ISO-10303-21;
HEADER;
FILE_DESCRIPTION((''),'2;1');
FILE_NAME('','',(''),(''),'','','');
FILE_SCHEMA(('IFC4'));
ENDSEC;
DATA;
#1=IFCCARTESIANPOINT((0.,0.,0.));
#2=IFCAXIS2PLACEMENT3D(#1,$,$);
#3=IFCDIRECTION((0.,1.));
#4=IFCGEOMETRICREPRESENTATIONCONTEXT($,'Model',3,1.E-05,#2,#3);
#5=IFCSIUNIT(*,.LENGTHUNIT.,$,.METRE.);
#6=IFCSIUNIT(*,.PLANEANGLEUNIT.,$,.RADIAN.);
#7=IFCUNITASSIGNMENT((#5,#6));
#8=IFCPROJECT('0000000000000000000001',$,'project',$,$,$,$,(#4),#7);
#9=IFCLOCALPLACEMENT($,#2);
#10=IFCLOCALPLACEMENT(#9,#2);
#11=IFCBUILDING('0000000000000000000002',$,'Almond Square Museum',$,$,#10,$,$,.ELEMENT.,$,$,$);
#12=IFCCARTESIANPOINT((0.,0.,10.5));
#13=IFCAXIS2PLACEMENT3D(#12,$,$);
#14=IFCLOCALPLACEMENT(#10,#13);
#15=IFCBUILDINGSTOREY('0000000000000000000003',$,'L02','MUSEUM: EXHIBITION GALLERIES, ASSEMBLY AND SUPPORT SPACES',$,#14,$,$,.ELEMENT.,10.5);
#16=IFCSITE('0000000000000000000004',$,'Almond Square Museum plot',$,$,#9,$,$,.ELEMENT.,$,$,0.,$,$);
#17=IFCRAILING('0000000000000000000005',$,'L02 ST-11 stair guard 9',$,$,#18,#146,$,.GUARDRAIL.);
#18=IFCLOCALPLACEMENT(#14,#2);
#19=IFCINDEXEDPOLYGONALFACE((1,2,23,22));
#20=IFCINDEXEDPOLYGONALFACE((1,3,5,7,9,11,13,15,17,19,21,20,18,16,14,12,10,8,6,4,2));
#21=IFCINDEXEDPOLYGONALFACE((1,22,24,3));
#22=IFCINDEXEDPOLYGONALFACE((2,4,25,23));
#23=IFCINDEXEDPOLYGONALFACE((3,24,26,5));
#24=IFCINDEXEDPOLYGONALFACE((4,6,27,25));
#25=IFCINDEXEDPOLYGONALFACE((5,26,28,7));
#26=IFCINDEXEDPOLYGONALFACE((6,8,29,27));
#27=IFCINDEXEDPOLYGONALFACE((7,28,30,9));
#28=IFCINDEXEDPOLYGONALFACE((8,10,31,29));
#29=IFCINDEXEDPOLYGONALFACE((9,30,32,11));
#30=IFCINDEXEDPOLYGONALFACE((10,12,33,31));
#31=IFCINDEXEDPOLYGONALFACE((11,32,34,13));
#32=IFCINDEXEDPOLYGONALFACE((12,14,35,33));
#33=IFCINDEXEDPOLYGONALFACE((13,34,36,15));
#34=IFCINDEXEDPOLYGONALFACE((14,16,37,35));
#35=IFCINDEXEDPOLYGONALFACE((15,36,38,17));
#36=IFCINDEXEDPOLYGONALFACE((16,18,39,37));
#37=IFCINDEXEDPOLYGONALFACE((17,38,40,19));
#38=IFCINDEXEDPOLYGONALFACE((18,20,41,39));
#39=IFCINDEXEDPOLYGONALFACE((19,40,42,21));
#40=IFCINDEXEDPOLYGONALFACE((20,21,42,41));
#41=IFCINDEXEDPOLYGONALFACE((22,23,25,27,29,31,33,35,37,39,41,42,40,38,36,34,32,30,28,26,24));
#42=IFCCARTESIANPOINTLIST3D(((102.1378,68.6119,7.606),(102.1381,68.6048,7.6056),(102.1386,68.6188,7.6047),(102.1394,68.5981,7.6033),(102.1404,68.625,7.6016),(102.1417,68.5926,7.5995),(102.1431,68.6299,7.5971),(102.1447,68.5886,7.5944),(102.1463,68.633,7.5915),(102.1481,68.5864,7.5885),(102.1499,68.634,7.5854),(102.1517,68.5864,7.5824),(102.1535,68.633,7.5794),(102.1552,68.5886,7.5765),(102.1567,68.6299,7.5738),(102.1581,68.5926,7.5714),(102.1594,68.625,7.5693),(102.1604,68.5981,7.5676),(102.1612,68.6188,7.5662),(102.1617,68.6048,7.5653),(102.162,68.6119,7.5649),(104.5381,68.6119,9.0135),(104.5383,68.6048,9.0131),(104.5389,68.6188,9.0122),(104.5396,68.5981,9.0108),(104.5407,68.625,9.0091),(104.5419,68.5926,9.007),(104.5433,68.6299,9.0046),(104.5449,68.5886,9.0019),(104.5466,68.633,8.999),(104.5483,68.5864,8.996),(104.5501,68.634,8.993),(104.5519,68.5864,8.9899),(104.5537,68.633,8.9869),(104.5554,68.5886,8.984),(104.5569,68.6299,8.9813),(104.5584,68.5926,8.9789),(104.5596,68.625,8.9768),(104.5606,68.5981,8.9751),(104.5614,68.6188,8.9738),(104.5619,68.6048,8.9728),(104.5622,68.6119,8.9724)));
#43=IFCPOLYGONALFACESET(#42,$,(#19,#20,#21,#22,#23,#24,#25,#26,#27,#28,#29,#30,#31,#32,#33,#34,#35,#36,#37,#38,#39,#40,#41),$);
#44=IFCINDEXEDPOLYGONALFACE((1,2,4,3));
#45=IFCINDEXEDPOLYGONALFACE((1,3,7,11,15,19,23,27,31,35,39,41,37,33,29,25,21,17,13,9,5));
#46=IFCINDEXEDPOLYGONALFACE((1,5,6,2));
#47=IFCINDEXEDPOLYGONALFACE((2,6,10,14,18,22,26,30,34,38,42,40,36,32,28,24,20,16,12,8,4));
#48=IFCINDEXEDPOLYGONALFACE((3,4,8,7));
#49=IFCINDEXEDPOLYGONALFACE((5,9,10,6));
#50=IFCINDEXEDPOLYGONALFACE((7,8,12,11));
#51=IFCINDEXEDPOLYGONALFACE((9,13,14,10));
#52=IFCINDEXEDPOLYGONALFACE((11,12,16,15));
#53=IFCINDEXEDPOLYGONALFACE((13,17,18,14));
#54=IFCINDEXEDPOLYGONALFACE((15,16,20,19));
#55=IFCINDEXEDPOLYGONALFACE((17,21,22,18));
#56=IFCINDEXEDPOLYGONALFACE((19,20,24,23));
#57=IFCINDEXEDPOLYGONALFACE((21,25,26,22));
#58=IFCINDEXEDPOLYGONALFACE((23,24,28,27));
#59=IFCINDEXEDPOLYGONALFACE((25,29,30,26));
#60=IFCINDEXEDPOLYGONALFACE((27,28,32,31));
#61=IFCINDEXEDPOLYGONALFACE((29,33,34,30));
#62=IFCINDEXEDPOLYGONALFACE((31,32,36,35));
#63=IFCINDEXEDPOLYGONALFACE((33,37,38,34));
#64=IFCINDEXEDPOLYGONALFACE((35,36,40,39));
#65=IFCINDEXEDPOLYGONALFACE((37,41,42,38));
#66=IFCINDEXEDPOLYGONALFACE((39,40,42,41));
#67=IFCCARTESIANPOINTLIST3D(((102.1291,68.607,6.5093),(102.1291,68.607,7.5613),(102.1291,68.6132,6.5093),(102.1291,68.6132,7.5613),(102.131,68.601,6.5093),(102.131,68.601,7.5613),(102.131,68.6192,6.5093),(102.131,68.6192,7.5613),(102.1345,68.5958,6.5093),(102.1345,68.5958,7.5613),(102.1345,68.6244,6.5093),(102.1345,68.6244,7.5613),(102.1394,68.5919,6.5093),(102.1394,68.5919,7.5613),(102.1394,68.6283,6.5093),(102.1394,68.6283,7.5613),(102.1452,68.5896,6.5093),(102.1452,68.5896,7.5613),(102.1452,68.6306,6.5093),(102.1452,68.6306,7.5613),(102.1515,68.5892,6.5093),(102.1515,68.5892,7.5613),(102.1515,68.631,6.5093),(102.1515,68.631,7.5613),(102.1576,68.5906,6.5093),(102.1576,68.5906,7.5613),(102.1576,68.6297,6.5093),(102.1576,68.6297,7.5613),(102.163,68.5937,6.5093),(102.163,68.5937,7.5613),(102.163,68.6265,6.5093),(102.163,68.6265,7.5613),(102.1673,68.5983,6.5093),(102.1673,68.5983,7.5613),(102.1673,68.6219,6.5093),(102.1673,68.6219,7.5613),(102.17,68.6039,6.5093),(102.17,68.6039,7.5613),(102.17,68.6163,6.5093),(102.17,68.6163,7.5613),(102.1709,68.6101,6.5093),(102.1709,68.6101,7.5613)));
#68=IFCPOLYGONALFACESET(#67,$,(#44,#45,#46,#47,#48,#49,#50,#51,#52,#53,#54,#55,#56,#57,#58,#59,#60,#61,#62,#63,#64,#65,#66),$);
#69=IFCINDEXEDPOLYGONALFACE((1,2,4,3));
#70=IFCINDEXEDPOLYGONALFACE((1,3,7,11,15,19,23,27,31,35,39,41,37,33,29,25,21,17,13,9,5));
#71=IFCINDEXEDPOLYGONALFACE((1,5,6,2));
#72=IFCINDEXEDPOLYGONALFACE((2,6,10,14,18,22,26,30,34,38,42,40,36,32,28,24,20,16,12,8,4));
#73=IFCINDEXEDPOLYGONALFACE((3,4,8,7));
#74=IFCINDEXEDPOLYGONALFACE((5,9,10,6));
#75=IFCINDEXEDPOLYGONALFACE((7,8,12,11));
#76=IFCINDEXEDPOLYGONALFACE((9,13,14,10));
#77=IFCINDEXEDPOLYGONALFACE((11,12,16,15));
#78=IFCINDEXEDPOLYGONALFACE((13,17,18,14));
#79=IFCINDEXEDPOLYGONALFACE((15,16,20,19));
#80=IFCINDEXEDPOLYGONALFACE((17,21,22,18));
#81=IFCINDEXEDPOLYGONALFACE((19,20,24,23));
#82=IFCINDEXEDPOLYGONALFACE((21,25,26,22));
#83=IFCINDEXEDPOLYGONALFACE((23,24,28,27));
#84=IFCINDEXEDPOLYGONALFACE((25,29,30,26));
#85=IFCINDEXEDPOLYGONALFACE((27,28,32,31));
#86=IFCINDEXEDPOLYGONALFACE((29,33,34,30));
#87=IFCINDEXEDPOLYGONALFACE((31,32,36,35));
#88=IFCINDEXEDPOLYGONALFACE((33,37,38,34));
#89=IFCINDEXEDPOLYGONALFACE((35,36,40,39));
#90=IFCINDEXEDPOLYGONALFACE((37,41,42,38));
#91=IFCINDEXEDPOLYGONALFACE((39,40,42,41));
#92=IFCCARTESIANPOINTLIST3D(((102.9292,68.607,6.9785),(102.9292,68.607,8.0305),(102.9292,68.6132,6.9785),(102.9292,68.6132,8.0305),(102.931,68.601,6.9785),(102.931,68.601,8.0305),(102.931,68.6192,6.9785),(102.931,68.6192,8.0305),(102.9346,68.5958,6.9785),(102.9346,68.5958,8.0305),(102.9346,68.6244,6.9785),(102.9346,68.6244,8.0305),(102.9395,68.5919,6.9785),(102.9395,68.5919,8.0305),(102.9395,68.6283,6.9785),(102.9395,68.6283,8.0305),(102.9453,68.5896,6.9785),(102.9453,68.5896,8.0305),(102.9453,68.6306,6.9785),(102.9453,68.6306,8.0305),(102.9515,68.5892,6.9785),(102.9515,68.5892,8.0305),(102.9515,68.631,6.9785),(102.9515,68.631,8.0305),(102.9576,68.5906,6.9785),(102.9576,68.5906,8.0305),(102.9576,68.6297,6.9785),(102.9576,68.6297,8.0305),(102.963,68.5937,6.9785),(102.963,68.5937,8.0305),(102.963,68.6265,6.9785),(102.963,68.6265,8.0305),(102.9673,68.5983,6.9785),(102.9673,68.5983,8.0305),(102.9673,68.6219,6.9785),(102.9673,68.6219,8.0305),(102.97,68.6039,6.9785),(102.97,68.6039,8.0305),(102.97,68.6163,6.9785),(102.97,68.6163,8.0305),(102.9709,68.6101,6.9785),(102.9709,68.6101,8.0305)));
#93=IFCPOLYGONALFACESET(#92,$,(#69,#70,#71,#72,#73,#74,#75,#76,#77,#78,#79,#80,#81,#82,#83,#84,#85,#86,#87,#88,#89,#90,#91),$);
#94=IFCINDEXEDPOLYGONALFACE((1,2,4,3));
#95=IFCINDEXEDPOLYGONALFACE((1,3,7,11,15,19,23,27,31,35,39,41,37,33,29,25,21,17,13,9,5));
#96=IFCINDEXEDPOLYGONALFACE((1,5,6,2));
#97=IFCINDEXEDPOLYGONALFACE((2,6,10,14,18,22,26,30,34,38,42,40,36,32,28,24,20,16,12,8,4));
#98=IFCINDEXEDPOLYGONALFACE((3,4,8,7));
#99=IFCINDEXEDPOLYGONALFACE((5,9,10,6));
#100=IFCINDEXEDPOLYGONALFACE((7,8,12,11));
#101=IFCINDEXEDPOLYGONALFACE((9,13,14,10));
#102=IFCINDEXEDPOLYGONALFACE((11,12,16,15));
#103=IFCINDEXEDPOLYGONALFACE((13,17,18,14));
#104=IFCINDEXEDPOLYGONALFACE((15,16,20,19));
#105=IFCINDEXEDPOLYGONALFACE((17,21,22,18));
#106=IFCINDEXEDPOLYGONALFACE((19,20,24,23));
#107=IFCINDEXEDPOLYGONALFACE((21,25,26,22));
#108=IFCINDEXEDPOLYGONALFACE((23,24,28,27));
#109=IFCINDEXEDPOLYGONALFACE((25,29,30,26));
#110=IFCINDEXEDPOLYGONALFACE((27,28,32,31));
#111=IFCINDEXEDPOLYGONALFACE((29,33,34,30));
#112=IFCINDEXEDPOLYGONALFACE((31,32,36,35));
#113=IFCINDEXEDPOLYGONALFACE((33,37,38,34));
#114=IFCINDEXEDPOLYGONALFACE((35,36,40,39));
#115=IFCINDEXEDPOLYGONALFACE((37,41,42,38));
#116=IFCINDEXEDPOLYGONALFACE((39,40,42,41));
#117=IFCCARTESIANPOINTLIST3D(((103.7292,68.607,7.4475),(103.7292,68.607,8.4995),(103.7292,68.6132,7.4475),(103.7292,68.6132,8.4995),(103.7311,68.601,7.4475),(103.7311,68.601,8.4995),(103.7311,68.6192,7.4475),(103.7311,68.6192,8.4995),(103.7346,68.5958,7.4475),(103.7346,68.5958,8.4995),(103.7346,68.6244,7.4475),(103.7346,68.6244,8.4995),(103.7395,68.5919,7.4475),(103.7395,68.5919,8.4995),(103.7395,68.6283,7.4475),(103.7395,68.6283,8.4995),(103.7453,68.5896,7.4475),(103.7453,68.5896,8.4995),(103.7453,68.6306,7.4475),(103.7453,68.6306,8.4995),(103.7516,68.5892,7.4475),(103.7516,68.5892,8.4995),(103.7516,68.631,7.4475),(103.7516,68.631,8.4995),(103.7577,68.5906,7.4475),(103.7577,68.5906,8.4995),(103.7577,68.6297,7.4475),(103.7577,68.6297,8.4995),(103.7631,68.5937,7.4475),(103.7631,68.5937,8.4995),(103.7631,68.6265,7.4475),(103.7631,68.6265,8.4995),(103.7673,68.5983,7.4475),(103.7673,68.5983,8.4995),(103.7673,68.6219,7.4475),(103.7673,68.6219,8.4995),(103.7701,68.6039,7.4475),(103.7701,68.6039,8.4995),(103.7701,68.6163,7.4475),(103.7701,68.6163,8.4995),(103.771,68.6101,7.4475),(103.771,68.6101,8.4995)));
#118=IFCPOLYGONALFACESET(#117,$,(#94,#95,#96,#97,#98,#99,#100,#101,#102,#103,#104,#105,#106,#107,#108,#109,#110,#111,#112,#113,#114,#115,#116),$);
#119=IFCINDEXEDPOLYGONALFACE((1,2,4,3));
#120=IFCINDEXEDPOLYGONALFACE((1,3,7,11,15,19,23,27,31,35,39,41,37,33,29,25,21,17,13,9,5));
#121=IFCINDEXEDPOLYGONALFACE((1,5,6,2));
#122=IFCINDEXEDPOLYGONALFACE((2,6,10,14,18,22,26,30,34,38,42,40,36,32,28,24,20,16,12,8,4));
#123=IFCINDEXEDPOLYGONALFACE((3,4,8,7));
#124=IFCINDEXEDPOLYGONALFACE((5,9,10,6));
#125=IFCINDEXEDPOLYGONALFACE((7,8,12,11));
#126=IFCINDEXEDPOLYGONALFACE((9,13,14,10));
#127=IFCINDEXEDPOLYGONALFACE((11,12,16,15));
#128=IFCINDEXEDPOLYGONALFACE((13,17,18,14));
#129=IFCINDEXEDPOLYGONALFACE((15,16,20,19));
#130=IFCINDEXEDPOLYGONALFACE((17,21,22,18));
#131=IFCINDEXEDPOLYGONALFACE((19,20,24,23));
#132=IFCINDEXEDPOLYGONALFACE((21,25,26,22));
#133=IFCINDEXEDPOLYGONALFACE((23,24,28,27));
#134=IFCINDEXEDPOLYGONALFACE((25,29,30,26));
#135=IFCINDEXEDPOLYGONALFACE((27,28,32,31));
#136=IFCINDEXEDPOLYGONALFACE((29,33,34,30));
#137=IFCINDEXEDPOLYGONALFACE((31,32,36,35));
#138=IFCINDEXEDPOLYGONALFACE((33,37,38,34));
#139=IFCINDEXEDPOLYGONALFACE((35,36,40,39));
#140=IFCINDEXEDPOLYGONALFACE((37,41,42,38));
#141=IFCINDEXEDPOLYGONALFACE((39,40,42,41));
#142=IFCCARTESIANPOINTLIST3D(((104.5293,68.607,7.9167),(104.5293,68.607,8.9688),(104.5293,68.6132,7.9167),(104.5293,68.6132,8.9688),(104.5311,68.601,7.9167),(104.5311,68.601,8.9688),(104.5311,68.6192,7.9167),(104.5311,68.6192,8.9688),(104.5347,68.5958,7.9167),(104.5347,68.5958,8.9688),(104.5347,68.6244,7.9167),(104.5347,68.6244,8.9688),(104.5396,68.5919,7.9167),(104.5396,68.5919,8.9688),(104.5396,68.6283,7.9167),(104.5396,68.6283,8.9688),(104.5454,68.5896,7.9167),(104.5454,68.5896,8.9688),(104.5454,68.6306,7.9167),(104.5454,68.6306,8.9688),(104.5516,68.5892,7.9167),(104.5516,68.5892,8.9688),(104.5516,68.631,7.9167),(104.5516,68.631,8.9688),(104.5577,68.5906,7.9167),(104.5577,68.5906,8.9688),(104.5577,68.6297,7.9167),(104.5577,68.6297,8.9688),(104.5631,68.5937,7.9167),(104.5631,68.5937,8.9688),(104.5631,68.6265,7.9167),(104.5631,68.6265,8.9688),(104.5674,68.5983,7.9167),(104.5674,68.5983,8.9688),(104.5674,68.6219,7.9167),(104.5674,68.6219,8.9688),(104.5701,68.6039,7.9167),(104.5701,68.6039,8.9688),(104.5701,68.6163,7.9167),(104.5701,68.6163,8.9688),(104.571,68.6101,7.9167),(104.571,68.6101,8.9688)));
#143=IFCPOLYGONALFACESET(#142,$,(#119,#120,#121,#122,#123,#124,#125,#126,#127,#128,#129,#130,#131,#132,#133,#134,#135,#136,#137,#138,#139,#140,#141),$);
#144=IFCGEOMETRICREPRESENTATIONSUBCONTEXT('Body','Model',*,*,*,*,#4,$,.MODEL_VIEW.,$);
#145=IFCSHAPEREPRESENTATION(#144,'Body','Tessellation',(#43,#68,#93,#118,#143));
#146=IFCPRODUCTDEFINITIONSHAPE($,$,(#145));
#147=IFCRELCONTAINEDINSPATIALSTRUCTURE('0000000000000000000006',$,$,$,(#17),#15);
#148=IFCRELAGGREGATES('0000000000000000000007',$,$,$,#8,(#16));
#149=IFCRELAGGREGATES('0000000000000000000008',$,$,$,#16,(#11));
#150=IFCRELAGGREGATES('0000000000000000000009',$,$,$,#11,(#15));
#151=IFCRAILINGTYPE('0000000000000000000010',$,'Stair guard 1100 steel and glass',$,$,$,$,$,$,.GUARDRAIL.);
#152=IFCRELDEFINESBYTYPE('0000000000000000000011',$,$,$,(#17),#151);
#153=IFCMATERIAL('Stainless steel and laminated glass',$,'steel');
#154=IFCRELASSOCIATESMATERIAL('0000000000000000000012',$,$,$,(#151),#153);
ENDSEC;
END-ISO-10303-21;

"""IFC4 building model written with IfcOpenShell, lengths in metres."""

from ifc_helpers import new_model, si_unit, direction, frame, origin, origin_2d, place, context, subcontext, project, spatial, circle, extrude, material, type_object, element, save


model = new_model("IFC4")

# Units and contexts
model_context = context("Model", 3, precision=1e-05, world=origin(), true_north=direction((0.0, 1.0)))
body_context = subcontext(model_context, "Body", "Model", "MODEL_VIEW")
ifc_project = project(units=[si_unit("LENGTHUNIT", "METRE"), si_unit("PLANEANGLEUNIT", "RADIAN")], contexts=[model_context])

# Site, building, storey
site_placement = place(None, origin())
site = spatial("IfcSite", under=ifc_project, at=site_placement, Name="Almond Square Museum plot", CompositionType="ELEMENT", RefElevation=0.0)
building_placement = place(site_placement, origin())
building = spatial("IfcBuilding", under=site, at=building_placement, Name="Almond Square Museum", CompositionType="ELEMENT")
storey_placement = place(building_placement, frame((0.0, 0.0, 10.5)))
storey = spatial("IfcBuildingStorey", under=building, at=storey_placement, Name="L02", Description="MUSEUM: EXHIBITION GALLERIES, ASSEMBLY AND SUPPORT SPACES", CompositionType="ELEMENT", Elevation=10.5)

# Railing
ifc_material_1 = material(Name="Stainless steel and laminated glass", Category="steel")
railing_type_1 = type_object("IfcRailingType", Name="Stair guard 1100 steel and glass", PredefinedType="GUARDRAIL", material=ifc_material_1)
railing_1_placement = place(storey_placement, frame((102.1499, 68.6101, 6.5093)))
element("IfcRailing", 1, at=railing_1_placement, inside=storey, type_object=railing_type_1, Name="L02 ST-11 stair guard 9", PredefinedType="GUARDRAIL", context=body_context, shape_type="SweptSolid", body=[
    extrude(circle(Radius=0.0239, at=origin_2d()), frame((0.0, 0.0, 1.0762), z_axis=(0.862621, 0.0, 0.50585), x_axis=(0.0, 1.0, 0.0)), (0.0, 0.0, 1.0), 2.7825),
    extrude(circle(Radius=0.021, at=origin_2d()), origin(), (0.0, 0.0, 1.0), 1.052),
    extrude(circle(Radius=0.021, at=origin_2d()), frame((0.8, 0.0, 0.4692)), (0.0, 0.0, 1.0), 1.052),
    extrude(circle(Radius=0.021, at=origin_2d()), frame((1.6001, 0.0, 0.9382)), (0.0, 0.0, 1.0), 1.052),
    extrude(circle(Radius=0.021, at=origin_2d()), frame((2.4001, 0.0, 1.4075)), (0.0, 0.0, 1.0), 1.052),
])

save(model, "model.ifc")
